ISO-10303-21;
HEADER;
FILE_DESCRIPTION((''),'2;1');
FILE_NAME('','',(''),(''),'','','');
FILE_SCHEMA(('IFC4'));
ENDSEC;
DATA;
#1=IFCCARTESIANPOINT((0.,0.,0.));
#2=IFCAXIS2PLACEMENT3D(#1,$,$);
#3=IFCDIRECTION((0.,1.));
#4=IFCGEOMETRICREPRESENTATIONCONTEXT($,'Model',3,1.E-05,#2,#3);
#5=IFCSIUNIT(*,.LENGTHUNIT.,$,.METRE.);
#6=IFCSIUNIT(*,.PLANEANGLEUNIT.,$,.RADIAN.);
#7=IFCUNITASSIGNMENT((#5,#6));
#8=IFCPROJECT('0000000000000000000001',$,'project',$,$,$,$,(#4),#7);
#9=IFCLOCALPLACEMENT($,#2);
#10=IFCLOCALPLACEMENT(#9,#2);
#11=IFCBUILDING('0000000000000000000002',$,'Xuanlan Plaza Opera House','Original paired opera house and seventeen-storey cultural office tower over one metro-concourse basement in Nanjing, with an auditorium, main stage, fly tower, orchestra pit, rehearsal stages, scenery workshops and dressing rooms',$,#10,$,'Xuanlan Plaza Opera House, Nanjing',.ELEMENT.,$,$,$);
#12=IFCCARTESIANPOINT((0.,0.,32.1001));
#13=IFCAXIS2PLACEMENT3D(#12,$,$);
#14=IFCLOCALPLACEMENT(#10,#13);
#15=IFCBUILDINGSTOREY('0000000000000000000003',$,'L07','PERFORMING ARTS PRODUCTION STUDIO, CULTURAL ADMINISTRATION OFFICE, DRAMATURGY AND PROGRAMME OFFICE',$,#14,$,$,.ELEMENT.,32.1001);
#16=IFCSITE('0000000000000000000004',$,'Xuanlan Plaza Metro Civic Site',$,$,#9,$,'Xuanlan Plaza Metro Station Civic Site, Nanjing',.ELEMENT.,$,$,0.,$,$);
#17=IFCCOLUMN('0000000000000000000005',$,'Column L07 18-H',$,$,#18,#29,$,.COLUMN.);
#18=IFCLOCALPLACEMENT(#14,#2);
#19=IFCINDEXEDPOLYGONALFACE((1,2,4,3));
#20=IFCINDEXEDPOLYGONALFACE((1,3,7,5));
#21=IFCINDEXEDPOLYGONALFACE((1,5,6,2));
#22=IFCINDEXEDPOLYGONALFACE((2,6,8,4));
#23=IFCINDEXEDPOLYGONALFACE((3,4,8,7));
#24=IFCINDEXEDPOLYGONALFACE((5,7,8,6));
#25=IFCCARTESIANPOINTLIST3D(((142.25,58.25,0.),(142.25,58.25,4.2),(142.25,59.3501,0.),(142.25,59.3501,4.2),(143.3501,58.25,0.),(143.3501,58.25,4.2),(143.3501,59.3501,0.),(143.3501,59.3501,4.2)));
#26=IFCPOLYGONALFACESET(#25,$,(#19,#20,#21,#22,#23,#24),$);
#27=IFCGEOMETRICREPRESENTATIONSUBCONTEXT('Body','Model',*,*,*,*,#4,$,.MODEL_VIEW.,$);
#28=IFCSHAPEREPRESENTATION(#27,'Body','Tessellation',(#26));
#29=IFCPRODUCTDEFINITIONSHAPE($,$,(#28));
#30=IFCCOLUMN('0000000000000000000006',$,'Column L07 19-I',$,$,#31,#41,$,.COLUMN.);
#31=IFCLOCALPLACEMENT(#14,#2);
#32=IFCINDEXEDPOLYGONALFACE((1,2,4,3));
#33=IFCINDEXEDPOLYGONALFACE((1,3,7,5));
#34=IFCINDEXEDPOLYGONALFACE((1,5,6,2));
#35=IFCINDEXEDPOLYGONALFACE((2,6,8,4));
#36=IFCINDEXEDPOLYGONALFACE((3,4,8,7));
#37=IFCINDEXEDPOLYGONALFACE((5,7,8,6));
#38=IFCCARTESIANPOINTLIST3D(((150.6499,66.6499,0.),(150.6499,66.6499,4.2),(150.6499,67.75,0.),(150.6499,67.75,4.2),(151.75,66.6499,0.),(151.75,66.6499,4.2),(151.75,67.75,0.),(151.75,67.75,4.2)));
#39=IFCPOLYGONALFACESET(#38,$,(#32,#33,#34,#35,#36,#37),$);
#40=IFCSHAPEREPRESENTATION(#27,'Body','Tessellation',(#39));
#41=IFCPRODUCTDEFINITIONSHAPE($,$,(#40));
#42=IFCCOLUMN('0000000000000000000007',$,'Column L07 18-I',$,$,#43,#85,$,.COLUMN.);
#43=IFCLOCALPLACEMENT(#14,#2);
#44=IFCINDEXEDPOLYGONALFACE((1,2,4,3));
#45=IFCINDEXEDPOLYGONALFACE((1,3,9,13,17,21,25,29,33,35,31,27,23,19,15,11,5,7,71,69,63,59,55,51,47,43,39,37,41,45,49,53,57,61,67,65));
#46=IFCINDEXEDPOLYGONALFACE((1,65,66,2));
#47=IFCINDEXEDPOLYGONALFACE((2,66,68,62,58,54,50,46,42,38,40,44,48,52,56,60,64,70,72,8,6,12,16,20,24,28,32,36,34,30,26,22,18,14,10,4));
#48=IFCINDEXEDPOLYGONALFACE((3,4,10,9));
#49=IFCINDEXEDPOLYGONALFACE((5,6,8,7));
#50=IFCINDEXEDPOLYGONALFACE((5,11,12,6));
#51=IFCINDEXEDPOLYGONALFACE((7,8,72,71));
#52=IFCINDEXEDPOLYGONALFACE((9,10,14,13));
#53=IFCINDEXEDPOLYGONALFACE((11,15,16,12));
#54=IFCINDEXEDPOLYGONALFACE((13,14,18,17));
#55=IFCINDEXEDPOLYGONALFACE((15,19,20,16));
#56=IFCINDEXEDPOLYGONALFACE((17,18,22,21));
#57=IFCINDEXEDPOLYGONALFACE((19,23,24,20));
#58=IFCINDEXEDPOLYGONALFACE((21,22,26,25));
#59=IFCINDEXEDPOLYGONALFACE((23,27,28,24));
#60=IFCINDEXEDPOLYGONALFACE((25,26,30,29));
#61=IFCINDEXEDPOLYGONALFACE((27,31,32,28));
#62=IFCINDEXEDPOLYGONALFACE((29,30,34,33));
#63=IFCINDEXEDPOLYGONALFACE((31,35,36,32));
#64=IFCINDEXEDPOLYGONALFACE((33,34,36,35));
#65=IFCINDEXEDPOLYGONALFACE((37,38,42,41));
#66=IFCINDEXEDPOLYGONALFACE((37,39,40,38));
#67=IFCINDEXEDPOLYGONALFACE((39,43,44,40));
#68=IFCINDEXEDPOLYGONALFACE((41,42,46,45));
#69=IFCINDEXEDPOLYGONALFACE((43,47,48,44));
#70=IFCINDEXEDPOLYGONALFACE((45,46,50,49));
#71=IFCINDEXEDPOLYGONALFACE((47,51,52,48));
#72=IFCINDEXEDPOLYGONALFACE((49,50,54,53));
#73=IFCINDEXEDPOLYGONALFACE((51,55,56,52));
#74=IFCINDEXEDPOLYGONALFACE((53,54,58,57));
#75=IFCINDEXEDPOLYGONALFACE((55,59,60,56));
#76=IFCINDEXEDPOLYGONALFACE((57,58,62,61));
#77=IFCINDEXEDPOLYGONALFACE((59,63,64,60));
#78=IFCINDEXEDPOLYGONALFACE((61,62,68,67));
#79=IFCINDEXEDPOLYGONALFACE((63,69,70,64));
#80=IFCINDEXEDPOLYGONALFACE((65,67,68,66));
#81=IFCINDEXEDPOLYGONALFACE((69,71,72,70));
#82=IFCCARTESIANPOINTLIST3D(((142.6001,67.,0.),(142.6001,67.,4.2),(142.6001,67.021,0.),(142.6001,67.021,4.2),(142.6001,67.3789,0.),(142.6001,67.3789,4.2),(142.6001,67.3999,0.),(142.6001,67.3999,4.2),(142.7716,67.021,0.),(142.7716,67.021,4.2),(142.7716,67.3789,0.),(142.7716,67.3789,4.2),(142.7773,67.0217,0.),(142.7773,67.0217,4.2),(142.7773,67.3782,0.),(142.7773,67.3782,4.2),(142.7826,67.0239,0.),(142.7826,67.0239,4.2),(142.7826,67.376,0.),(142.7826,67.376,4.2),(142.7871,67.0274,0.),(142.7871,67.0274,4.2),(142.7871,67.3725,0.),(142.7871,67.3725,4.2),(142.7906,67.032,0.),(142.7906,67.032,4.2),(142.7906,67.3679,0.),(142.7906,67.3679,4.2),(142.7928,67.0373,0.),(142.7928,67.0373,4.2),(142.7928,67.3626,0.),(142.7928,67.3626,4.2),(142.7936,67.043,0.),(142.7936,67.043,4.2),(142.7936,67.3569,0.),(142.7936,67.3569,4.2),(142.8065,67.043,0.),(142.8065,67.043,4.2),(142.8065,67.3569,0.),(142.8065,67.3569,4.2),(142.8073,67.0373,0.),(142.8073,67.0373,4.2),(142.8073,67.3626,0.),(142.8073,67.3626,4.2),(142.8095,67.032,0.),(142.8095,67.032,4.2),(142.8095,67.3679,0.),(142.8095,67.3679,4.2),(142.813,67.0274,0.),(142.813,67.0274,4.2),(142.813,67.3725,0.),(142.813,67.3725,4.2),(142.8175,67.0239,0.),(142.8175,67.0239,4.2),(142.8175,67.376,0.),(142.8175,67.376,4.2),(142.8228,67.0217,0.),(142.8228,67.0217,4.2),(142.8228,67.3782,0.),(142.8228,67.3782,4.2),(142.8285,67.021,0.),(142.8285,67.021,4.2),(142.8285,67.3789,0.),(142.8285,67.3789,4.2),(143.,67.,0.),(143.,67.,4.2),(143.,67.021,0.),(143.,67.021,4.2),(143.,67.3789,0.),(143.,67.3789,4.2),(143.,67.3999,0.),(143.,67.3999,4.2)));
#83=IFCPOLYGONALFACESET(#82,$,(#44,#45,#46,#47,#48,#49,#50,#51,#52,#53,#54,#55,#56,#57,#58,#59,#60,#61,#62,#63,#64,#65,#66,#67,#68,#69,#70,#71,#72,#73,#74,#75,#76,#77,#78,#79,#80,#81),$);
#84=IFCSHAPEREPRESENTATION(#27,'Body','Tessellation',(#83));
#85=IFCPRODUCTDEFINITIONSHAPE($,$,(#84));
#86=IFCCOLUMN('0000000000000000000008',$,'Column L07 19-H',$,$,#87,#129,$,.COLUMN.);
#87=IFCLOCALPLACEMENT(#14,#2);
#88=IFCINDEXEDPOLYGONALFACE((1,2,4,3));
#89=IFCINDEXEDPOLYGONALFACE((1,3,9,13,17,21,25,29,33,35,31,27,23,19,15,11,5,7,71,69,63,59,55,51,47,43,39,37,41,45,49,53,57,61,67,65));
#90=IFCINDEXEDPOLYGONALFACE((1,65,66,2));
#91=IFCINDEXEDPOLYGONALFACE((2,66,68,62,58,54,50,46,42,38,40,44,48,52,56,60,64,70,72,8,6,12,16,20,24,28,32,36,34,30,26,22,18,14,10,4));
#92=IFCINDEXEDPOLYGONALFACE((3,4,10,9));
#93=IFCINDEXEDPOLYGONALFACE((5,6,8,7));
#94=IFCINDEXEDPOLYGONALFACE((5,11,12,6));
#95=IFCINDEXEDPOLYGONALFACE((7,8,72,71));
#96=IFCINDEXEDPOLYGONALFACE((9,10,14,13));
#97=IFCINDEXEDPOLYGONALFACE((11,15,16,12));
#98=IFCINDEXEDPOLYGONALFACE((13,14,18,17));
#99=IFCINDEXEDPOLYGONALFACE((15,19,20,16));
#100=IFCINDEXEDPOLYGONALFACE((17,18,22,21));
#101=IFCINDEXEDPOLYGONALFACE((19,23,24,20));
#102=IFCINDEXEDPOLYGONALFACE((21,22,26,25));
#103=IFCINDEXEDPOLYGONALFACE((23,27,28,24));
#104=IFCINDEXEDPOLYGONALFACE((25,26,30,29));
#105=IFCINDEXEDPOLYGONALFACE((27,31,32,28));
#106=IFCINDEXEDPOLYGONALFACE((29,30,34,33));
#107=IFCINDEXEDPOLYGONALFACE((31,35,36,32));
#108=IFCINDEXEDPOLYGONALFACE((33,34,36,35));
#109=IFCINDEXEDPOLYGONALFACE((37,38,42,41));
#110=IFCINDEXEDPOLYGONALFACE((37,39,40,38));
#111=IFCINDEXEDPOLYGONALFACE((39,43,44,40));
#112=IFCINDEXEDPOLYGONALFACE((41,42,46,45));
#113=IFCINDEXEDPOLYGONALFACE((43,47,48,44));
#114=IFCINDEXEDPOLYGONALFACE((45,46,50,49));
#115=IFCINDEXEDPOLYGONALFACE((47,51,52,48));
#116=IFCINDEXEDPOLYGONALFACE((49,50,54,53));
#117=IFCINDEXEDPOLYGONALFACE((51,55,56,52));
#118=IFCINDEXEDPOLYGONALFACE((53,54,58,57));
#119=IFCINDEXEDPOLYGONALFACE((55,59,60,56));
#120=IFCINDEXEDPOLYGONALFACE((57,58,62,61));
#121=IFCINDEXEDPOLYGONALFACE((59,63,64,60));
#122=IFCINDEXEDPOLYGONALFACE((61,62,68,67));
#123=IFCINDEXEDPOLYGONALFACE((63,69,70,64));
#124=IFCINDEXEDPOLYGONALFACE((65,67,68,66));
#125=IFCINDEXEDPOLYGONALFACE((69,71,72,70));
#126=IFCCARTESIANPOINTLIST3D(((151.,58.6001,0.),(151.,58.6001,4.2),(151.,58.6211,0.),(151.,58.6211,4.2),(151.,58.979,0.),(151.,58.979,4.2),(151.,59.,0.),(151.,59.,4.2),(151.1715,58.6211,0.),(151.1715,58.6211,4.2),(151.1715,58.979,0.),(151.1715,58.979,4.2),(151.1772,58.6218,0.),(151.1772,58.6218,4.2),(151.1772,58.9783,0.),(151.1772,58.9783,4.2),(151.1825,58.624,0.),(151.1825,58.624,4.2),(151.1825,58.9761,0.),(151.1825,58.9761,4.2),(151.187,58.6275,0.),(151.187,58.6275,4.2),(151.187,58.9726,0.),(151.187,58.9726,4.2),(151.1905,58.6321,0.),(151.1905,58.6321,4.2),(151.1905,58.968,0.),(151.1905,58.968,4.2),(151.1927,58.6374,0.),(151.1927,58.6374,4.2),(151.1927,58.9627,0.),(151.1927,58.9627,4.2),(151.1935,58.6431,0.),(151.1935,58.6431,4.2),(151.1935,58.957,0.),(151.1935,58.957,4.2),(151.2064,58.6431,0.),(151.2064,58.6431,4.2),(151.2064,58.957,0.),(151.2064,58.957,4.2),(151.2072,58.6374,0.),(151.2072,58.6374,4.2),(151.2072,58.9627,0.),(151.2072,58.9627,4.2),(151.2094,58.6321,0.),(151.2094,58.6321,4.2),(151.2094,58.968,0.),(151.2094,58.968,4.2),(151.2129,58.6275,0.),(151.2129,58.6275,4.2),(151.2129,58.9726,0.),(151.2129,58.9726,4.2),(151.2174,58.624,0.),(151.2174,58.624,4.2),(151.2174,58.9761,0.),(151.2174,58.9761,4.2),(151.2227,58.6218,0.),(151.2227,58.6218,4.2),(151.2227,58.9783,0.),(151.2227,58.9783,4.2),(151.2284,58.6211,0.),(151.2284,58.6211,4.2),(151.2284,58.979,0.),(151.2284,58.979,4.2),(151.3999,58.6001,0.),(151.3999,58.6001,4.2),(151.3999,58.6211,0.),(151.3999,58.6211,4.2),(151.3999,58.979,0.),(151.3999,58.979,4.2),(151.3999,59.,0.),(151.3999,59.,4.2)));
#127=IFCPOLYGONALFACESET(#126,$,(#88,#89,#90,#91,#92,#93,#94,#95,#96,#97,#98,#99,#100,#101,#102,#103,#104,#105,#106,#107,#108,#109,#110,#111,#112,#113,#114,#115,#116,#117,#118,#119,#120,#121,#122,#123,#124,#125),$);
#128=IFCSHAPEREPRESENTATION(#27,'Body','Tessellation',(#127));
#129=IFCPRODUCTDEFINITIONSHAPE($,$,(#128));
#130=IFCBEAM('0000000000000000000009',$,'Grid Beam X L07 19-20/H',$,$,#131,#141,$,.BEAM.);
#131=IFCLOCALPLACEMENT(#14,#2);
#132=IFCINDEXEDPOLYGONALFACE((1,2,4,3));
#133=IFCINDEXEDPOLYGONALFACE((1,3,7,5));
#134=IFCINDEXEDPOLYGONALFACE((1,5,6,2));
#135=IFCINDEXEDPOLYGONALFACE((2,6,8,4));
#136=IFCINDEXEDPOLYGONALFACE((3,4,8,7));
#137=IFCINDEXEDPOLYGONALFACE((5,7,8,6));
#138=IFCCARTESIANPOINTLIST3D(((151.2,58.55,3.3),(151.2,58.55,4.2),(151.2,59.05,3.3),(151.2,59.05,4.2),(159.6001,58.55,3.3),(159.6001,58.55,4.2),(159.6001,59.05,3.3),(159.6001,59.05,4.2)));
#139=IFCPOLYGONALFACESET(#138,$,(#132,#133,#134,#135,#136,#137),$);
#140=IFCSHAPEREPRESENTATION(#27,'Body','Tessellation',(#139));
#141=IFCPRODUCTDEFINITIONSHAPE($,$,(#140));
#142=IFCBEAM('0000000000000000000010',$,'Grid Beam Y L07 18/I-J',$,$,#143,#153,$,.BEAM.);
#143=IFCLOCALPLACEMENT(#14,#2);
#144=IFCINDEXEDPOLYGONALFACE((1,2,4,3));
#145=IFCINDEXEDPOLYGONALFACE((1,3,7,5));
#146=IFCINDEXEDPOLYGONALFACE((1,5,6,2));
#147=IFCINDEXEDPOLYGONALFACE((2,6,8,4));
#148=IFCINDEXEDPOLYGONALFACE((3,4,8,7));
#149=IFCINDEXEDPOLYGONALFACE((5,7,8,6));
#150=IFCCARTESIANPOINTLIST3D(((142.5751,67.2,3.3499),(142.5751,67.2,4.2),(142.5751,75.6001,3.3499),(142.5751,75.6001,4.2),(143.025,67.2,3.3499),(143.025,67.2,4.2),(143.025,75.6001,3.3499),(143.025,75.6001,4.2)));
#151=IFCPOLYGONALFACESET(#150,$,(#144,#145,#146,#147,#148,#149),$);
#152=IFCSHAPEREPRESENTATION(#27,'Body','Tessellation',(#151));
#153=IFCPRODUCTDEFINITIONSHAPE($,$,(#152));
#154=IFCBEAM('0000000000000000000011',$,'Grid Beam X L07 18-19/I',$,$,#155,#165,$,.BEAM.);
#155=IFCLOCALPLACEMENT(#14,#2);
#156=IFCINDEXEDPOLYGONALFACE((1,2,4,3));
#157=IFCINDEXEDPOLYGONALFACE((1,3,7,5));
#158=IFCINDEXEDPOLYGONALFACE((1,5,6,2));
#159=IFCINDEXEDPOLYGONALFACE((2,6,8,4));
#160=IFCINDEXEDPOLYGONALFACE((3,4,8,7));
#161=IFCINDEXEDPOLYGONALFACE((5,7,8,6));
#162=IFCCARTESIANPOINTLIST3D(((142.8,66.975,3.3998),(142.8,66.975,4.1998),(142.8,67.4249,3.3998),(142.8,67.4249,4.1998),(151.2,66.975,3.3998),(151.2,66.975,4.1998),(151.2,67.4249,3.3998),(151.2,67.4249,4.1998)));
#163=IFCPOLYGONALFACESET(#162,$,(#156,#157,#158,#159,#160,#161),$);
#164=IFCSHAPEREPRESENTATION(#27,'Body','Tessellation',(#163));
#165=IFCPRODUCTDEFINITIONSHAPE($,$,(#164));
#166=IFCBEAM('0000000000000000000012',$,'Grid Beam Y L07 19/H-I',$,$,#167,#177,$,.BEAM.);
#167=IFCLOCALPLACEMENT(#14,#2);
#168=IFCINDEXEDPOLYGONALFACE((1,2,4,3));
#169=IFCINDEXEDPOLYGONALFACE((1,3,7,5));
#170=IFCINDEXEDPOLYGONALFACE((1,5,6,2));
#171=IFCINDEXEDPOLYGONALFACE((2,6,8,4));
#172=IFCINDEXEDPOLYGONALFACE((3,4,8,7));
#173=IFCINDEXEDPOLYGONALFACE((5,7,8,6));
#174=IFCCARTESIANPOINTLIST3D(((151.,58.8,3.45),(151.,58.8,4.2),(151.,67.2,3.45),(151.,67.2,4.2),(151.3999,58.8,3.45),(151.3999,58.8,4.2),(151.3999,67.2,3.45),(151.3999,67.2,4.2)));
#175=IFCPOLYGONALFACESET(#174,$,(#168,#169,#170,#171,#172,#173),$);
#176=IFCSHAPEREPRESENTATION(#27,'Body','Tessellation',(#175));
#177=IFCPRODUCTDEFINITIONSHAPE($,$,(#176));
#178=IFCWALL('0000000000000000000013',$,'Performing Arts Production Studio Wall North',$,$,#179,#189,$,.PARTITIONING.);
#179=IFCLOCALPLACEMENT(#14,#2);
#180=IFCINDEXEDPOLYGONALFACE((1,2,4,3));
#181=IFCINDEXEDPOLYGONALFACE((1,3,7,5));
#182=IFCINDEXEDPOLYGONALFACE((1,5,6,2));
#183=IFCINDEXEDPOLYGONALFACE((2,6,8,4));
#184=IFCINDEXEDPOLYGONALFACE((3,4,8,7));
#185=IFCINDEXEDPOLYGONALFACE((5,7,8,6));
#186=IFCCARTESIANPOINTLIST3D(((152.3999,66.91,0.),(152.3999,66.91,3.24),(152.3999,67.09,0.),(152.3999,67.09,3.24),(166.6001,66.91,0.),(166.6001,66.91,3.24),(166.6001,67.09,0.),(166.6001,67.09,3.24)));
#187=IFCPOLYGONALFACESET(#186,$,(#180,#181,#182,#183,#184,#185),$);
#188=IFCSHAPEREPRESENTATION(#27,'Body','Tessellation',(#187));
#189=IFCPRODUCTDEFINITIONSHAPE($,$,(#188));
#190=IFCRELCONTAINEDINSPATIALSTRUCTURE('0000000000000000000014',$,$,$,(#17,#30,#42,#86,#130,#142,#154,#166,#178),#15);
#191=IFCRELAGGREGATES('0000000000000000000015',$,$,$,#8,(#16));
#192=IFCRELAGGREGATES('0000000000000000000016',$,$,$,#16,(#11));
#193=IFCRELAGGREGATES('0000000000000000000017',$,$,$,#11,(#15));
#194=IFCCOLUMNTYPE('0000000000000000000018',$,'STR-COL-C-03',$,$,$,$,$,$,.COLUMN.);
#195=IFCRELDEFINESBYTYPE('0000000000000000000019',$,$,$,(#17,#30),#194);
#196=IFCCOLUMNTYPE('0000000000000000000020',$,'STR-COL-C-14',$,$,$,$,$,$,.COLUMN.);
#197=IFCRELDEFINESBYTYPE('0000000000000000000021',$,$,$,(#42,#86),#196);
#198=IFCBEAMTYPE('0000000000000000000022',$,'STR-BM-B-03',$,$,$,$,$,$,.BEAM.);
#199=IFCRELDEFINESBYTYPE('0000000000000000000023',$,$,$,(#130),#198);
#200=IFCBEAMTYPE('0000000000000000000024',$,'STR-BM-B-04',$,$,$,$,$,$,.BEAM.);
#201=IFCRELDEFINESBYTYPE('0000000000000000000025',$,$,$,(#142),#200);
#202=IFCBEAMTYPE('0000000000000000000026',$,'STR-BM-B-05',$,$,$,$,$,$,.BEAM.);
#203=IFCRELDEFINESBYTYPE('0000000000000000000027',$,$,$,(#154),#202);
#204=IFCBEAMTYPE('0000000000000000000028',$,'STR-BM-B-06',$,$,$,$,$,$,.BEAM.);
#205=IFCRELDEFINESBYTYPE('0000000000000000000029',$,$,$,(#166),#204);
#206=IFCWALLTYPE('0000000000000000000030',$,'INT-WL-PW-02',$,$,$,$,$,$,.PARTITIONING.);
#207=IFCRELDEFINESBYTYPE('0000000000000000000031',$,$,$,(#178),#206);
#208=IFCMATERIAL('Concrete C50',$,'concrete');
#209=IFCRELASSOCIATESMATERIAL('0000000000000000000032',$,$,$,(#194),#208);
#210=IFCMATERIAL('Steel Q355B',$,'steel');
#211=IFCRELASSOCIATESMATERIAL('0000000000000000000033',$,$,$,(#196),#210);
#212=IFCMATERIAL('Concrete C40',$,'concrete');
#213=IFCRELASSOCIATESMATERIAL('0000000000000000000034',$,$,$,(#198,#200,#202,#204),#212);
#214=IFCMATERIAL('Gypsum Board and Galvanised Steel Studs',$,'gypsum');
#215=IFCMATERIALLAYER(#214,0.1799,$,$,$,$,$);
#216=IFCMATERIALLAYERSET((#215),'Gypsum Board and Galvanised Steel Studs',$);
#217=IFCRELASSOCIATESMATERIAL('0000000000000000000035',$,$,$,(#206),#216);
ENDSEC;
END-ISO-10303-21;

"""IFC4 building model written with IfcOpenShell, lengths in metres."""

from ifc_helpers import new_model, si_unit, direction, frame, frame_2d, origin, origin_2d, place, context, subcontext, project, spatial, rectangle, i_section, extrude, material, layer, layer_set, material_profile, profile_set, type_object, element, save


model = new_model("IFC4")

# Units and contexts
model_context = context("Model", 3, precision=1e-05, world=origin(), true_north=direction((0.0, 1.0)))
body_context = subcontext(model_context, "Body", "Model", "MODEL_VIEW")
ifc_project = project(units=[si_unit("LENGTHUNIT", "METRE"), si_unit("PLANEANGLEUNIT", "RADIAN")], contexts=[model_context])

# Site, building, storey
site_placement = place(None, origin())
site = spatial("IfcSite", under=ifc_project, at=site_placement, Name="Xuanlan Plaza Metro Civic Site", LongName="Xuanlan Plaza Metro Station Civic Site, Nanjing", CompositionType="ELEMENT", RefElevation=0.0)
building_placement = place(site_placement, origin())
building = spatial("IfcBuilding", under=site, at=building_placement, Name="Xuanlan Plaza Opera House", Description="Original paired opera house and seventeen-storey cultural office tower over one metro-concourse basement in Nanjing, with an auditorium, main stage, fly tower, orchestra pit, rehearsal stages, scenery workshops and dressing rooms", LongName="Xuanlan Plaza Opera House, Nanjing", CompositionType="ELEMENT")
storey_placement = place(building_placement, frame((0.0, 0.0, 32.1001)))
storey = spatial("IfcBuildingStorey", under=building, at=storey_placement, Name="L07", Description="PERFORMING ARTS PRODUCTION STUDIO, CULTURAL ADMINISTRATION OFFICE, DRAMATURGY AND PROGRAMME OFFICE", CompositionType="ELEMENT", Elevation=32.1001)

# Columns
ifc_material_1 = material(Name="Concrete C50", Category="concrete")
ifc_material_profile_1 = material_profile(ifc_material_1, rectangle(XDim=1.1001, YDim=1.1001, at=origin_2d()), Name="RC-COL 1100x1100")
ifc_profile_set_1 = profile_set([ifc_material_profile_1], Name="Concrete C50")
column_type_1 = type_object("IfcColumnType", Name="STR-COL-C-03", PredefinedType="COLUMN", material=ifc_profile_set_1)
for number, where, z_axis, x_axis, name in (
    (1, (142.8, 58.8, 0.0), (0.0, 0.0, 1.0), (1.0, 0.0, 0.0), "Column L07 18-H"),
    (2, (151.2, 67.2, 0.0), (0.0, 0.0, 1.0), (1.0, 0.0, 0.0), "Column L07 19-I"),
):
    element("IfcColumn", number, at=place(storey_placement, frame(where, z_axis=z_axis, x_axis=x_axis)), inside=storey, type_object=column_type_1, Name=name, PredefinedType="COLUMN", context=body_context, shape_type="SweptSolid", body=[
        extrude(rectangle(XDim=1.1001, YDim=1.1001, at=origin_2d()), origin(), (0.0, 0.0, 1.0), 4.2),
    ])
ifc_material_2 = material(Name="Steel Q355B", Category="steel")
ifc_material_profile_2 = material_profile(ifc_material_2, i_section(OverallWidth=0.3999, OverallDepth=0.3999, WebThickness=0.0129, FlangeThickness=0.021, FilletRadius=0.022, at=origin_2d()), Name="HW 400x400x13x21")
ifc_profile_set_2 = profile_set([ifc_material_profile_2], Name="Steel Q355B")
column_type_2 = type_object("IfcColumnType", Name="STR-COL-C-14", PredefinedType="COLUMN", material=ifc_profile_set_2)
for number, where, z_axis, x_axis, name in (
    (3, (142.8, 67.2, 0.0), (0.0, 0.0, 1.0), (1.0, 0.0, 0.0), "Column L07 18-I"),
    (4, (151.2, 58.8, 0.0), (0.0, 0.0, 1.0), (1.0, 0.0, 0.0), "Column L07 19-H"),
):
    element("IfcColumn", number, at=place(storey_placement, frame(where, z_axis=z_axis, x_axis=x_axis)), inside=storey, type_object=column_type_2, Name=name, PredefinedType="COLUMN", context=body_context, shape_type="SweptSolid", body=[
        extrude(i_section(OverallWidth=0.3999, OverallDepth=0.3999, WebThickness=0.0129, FlangeThickness=0.021, FilletRadius=0.022, at=origin_2d()), origin(), (0.0, 0.0, 1.0), 4.2),
    ])

# Beams
ifc_material_3 = material(Name="Concrete C40", Category="concrete")
ifc_material_profile_3 = material_profile(ifc_material_3, rectangle(XDim=0.5, YDim=0.8999, at=origin_2d()), Name="RC-BM 500x900")
ifc_profile_set_3 = profile_set([ifc_material_profile_3], Name="Concrete C40")
beam_type_1 = type_object("IfcBeamType", Name="STR-BM-B-03", PredefinedType="BEAM", material=ifc_profile_set_3)
beam_1_placement = place(storey_placement, frame((151.2, 58.8, 3.75), z_axis=(1.0, 0.0, 0.0), x_axis=(0.0, 1.0, 0.0)))
element("IfcBeam", 5, at=beam_1_placement, inside=storey, type_object=beam_type_1, Name="Grid Beam X L07 19-20/H", PredefinedType="BEAM", context=body_context, shape_type="SweptSolid", body=[
    extrude(rectangle(XDim=0.5, YDim=0.8999, at=origin_2d()), origin(), (0.0, 0.0, 1.0), 8.4001),
])
ifc_material_profile_4 = material_profile(ifc_material_3, rectangle(XDim=0.45, YDim=0.8501, at=origin_2d()), Name="RC-BM 450x850")
ifc_profile_set_4 = profile_set([ifc_material_profile_4], Name="Concrete C40")
beam_type_2 = type_object("IfcBeamType", Name="STR-BM-B-04", PredefinedType="BEAM", material=ifc_profile_set_4)
beam_2_placement = place(storey_placement, frame((142.8, 67.2, 3.7749), z_axis=(0.0, 1.0, 0.0), x_axis=(-1.0, 0.0, 0.0)))
element("IfcBeam", 6, at=beam_2_placement, inside=storey, type_object=beam_type_2, Name="Grid Beam Y L07 18/I-J", PredefinedType="BEAM", context=body_context, shape_type="SweptSolid", body=[
    extrude(rectangle(XDim=0.45, YDim=0.8501, at=origin_2d()), origin(), (0.0, 0.0, 1.0), 8.4001),
])
ifc_material_profile_5 = material_profile(ifc_material_3, rectangle(XDim=0.45, YDim=0.8, at=origin_2d()), Name="RC-BM 450x800")
ifc_profile_set_5 = profile_set([ifc_material_profile_5], Name="Concrete C40")
beam_type_3 = type_object("IfcBeamType", Name="STR-BM-B-05", PredefinedType="BEAM", material=ifc_profile_set_5)
beam_3_placement = place(storey_placement, frame((142.8, 67.2, 3.7998), z_axis=(1.0, 0.0, 0.0), x_axis=(0.0, 1.0, 0.0)))
element("IfcBeam", 7, at=beam_3_placement, inside=storey, type_object=beam_type_3, Name="Grid Beam X L07 18-19/I", PredefinedType="BEAM", context=body_context, shape_type="SweptSolid", body=[
    extrude(rectangle(XDim=0.45, YDim=0.8, at=origin_2d()), origin(), (0.0, 0.0, 1.0), 8.3999),
])
ifc_material_profile_6 = material_profile(ifc_material_3, rectangle(XDim=0.3999, YDim=0.75, at=origin_2d()), Name="RC-BM 400x750")
ifc_profile_set_6 = profile_set([ifc_material_profile_6], Name="Concrete C40")
beam_type_4 = type_object("IfcBeamType", Name="STR-BM-B-06", PredefinedType="BEAM", material=ifc_profile_set_6)
beam_4_placement = place(storey_placement, frame((151.2, 58.8, 3.825), z_axis=(0.0, 1.0, 0.0), x_axis=(-1.0, 0.0, 0.0)))
element("IfcBeam", 8, at=beam_4_placement, inside=storey, type_object=beam_type_4, Name="Grid Beam Y L07 19/H-I", PredefinedType="BEAM", context=body_context, shape_type="SweptSolid", body=[
    extrude(rectangle(XDim=0.3999, YDim=0.75, at=origin_2d()), origin(), (0.0, 0.0, 1.0), 8.3999),
])

# Wall
ifc_material_4 = material(Name="Gypsum Board and Galvanised Steel Studs", Category="gypsum")
ifc_layer_1 = layer(ifc_material_4, 0.1799)
ifc_layer_set_1 = layer_set([ifc_layer_1], Name="Gypsum Board and Galvanised Steel Studs")
wall_type_1 = type_object("IfcWallType", Name="INT-WL-PW-02", PredefinedType="PARTITIONING", material=ifc_layer_set_1)
wall_1_placement = place(storey_placement, frame((152.3999, 67.0, 0.0), z_axis=(0.0, 0.0, 1.0), x_axis=(1.0, 0.0, 0.0)))
element("IfcWall", 9, at=wall_1_placement, inside=storey, type_object=wall_type_1, Name="Performing Arts Production Studio Wall North", PredefinedType="PARTITIONING", context=body_context, shape_type="SweptSolid", body=[
    extrude(rectangle(XDim=14.2002, YDim=0.1799, at=frame_2d((7.1001, 0.0))), origin(), (0.0, 0.0, 1.0), 3.24),
])

save(model, "model.ifc")
